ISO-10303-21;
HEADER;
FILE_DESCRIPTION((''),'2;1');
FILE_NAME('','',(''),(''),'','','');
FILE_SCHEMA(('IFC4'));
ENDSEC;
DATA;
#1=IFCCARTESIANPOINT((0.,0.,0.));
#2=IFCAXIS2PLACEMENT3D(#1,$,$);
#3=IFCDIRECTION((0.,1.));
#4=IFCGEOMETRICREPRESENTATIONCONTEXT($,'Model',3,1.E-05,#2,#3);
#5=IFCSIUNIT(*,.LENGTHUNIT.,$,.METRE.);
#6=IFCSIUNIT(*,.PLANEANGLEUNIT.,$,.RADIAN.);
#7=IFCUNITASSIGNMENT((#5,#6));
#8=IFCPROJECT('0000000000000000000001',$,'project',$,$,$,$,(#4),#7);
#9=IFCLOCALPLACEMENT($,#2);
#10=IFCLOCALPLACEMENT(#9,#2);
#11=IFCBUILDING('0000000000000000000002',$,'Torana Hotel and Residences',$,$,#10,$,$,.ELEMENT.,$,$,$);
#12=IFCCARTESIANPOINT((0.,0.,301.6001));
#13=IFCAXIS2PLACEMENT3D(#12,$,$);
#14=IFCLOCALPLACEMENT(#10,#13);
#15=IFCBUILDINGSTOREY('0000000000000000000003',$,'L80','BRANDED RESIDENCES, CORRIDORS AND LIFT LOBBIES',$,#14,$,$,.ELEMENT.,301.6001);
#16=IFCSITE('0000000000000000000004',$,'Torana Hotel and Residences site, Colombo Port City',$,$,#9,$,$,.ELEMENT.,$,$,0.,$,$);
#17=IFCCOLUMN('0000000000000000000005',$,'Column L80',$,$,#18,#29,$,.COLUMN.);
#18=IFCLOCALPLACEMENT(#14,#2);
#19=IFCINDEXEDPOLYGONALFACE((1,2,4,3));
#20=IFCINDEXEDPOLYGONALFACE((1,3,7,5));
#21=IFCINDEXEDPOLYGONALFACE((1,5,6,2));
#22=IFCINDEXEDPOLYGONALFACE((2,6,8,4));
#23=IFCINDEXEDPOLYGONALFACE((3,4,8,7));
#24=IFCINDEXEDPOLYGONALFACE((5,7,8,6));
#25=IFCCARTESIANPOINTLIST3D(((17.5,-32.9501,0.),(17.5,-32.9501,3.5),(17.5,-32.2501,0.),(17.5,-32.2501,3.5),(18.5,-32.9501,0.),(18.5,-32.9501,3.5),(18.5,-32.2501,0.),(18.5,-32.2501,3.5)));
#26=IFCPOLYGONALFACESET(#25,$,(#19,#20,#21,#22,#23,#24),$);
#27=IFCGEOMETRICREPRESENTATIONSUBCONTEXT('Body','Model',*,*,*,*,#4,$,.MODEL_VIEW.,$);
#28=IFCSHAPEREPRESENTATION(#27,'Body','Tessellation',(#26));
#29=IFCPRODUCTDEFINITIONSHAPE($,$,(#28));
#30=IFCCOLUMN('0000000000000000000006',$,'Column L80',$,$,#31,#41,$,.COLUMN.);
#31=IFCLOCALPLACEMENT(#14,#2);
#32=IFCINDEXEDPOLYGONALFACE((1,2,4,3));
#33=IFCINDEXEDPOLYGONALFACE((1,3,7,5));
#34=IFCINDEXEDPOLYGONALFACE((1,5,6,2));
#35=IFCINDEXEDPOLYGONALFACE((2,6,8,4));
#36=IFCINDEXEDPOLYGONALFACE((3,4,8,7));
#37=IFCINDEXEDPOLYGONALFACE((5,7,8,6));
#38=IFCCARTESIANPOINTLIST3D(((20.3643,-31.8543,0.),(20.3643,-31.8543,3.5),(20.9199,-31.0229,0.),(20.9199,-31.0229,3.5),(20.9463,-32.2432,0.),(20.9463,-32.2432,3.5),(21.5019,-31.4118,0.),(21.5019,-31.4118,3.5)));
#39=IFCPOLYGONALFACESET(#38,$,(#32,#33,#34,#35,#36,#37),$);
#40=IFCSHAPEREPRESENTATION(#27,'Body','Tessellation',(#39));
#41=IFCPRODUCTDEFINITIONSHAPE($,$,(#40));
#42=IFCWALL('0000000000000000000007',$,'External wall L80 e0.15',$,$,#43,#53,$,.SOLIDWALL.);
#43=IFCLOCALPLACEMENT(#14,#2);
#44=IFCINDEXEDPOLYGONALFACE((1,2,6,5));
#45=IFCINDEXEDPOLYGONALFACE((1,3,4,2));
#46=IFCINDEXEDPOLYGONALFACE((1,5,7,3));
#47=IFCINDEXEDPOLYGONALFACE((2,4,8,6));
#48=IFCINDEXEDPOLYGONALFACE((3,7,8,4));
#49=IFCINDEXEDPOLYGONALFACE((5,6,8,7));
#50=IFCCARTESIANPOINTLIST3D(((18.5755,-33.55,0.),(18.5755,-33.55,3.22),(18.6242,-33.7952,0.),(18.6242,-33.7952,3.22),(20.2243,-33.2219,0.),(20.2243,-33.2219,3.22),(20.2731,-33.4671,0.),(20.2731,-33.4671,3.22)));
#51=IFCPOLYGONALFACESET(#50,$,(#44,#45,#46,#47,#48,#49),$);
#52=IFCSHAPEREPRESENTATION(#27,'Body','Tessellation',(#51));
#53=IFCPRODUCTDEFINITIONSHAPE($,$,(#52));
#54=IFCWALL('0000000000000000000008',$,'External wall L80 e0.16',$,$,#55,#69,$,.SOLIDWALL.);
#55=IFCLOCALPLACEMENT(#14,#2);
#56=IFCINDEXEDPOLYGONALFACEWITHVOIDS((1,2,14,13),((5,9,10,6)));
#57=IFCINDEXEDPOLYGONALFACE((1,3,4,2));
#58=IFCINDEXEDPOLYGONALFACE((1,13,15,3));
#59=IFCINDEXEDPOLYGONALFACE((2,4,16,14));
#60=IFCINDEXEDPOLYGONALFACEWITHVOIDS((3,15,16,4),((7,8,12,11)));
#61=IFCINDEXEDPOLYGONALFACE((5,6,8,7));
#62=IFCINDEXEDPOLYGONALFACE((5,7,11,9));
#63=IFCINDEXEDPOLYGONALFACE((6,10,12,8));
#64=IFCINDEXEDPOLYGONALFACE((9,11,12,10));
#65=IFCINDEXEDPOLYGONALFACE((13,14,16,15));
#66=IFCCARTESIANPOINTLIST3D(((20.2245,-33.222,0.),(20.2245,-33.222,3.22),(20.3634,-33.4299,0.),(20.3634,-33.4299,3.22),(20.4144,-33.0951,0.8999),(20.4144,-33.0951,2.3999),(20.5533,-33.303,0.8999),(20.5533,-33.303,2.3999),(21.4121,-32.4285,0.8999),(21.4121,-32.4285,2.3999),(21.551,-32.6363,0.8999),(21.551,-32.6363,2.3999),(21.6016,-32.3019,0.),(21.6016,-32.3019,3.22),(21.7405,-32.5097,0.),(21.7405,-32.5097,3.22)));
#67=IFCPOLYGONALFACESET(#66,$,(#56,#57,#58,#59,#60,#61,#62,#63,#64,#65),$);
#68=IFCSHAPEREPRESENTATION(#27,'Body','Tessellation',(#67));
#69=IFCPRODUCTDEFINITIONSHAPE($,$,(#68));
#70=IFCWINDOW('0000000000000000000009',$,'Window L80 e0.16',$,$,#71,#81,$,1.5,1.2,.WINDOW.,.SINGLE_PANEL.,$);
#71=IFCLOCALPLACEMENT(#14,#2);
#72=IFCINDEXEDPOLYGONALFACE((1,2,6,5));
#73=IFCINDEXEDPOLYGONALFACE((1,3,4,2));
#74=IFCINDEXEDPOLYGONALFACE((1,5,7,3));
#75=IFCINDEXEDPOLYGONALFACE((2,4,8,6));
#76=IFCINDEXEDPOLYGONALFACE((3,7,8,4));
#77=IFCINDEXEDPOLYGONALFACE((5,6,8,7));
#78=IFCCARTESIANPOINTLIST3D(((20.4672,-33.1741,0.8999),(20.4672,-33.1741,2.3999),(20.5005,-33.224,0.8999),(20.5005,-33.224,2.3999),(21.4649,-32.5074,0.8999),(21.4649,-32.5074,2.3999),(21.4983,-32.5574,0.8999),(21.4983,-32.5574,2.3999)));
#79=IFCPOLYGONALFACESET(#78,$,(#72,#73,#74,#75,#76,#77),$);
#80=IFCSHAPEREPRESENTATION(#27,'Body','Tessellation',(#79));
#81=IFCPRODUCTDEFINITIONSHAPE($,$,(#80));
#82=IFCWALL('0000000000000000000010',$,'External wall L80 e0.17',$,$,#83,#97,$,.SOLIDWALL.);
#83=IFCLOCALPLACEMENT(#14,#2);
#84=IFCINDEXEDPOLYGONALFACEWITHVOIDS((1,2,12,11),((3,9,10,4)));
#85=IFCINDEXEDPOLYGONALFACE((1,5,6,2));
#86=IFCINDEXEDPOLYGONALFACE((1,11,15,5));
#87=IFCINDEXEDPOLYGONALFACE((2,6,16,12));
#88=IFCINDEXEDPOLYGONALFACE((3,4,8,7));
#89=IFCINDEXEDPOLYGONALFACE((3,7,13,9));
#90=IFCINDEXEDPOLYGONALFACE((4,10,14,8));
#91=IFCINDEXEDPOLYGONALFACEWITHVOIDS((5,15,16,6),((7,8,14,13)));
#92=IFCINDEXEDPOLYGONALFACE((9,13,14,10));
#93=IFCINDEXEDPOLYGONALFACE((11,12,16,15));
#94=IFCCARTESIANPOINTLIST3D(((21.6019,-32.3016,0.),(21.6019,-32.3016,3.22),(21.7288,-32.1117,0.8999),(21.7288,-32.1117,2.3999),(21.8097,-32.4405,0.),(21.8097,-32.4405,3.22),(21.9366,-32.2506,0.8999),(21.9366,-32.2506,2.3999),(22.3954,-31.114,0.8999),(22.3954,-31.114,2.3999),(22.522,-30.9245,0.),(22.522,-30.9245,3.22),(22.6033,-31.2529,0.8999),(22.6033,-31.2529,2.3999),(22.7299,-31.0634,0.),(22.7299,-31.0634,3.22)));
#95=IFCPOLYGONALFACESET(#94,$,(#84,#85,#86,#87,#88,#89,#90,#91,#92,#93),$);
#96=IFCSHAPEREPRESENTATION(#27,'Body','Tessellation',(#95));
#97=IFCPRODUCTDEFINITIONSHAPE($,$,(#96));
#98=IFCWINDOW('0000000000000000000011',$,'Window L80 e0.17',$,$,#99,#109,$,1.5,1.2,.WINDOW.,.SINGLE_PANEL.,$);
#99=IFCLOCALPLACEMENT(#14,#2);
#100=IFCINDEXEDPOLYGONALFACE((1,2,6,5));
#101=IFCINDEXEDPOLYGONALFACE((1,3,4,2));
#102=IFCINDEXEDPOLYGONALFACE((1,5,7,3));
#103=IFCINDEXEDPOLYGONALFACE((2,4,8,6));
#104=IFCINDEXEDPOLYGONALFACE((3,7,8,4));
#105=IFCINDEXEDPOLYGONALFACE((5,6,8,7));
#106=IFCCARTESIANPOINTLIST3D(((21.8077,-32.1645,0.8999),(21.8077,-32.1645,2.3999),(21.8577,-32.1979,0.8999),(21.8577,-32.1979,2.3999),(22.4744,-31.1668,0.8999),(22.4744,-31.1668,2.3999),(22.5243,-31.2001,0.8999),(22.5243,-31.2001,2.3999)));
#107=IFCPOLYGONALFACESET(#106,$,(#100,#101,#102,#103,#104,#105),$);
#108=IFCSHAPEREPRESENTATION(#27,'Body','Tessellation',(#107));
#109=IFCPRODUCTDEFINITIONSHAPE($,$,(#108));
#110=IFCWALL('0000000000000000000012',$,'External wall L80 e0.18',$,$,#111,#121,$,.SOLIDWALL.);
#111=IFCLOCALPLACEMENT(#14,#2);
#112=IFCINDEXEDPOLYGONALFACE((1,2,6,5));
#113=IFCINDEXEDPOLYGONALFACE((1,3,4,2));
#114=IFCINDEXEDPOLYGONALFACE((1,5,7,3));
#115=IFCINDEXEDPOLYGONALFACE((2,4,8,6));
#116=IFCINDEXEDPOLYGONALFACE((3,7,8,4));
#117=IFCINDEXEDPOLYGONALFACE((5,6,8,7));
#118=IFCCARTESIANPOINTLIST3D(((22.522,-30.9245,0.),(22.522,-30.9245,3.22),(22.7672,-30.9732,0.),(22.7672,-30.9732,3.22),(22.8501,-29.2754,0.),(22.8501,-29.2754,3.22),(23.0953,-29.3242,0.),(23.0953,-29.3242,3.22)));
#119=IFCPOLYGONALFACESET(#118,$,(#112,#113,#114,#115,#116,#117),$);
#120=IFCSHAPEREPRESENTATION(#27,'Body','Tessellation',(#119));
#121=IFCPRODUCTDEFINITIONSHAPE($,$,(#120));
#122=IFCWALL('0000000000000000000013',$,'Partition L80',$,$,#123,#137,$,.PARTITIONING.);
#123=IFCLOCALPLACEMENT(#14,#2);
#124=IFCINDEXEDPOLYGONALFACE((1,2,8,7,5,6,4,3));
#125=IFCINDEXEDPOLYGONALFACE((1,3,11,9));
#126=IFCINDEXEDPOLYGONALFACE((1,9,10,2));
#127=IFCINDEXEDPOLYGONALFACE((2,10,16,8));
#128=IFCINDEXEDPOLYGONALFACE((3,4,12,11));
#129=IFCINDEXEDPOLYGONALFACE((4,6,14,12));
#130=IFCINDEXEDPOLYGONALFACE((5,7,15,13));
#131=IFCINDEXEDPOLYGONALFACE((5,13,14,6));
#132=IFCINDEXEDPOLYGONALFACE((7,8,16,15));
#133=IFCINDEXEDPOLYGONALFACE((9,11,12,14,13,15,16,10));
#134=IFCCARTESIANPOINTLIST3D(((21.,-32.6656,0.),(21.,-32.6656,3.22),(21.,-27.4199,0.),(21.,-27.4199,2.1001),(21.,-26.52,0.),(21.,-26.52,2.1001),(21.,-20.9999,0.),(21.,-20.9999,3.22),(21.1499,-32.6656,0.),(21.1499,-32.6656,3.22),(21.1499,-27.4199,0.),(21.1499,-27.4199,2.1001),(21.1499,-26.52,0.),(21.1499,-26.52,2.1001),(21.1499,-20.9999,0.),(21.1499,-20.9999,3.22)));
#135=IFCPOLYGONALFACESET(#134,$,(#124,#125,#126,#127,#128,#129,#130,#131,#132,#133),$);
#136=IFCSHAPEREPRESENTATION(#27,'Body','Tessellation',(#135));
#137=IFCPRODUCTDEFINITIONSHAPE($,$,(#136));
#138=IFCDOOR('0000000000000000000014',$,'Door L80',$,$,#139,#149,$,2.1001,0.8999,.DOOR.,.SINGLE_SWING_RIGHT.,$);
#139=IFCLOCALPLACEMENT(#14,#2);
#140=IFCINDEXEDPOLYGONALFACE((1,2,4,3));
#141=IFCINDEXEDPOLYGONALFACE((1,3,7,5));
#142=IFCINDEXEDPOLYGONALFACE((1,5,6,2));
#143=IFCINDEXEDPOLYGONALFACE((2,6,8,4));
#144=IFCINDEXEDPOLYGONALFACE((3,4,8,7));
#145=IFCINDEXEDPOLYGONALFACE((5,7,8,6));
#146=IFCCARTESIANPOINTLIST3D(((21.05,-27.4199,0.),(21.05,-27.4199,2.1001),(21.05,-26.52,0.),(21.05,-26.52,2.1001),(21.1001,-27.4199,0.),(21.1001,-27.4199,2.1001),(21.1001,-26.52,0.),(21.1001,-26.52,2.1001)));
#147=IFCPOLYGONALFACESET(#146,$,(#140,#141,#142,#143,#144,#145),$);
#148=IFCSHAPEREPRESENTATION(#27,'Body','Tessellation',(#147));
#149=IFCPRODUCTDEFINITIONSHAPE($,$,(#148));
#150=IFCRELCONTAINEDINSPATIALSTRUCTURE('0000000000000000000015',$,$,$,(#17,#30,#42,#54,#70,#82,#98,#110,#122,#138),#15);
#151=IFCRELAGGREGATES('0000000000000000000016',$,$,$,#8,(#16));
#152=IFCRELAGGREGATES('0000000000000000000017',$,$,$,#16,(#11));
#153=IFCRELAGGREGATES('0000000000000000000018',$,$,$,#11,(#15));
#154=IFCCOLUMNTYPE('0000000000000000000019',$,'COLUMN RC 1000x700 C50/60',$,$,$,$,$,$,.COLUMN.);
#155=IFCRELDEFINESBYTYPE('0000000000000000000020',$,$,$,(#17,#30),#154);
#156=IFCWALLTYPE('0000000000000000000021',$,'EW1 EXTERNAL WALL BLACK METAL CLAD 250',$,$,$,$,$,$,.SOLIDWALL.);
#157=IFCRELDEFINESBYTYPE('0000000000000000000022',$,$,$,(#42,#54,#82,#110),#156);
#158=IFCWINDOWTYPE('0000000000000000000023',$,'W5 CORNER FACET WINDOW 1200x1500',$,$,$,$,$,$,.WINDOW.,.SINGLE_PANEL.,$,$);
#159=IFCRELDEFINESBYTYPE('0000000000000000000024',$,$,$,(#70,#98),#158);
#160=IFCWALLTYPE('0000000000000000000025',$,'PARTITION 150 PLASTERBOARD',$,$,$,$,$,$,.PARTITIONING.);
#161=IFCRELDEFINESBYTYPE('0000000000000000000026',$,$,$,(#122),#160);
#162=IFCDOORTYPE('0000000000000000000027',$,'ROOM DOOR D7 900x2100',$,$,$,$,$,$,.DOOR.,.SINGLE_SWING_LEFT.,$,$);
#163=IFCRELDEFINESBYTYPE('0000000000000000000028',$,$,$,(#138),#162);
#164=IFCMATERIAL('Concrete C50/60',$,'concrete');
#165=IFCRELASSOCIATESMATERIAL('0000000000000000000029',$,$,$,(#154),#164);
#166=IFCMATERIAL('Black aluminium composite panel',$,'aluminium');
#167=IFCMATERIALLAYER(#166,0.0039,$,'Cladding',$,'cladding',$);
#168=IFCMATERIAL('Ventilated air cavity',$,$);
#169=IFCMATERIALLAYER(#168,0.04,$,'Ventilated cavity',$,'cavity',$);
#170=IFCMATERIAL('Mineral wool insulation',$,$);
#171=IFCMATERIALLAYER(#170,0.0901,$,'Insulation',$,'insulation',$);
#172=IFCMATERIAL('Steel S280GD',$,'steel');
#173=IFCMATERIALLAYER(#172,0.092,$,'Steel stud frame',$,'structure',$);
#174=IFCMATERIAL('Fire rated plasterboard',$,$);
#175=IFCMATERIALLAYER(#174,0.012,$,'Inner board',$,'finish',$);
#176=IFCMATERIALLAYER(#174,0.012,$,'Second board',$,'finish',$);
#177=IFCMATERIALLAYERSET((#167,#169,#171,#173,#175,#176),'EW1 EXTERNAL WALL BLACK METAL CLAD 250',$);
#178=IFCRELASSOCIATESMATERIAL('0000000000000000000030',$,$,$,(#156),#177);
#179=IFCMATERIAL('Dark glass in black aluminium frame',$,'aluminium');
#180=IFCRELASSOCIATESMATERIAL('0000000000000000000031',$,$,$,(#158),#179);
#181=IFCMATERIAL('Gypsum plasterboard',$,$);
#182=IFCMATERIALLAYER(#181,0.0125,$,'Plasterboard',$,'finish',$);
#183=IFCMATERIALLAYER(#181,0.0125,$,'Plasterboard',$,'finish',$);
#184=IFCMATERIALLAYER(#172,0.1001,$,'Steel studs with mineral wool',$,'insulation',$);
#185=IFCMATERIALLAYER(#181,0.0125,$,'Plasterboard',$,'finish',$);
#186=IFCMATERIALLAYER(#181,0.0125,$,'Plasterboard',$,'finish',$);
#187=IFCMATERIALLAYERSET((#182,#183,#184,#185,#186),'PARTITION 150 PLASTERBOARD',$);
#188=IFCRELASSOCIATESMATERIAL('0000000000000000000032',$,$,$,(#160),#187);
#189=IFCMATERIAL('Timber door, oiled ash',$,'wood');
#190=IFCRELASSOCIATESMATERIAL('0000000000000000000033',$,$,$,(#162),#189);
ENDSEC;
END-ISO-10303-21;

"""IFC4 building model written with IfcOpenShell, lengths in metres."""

from ifc_helpers import new_model, si_unit, direction, frame, frame_2d, origin, origin_2d, place, context, subcontext, project, spatial, rectangle, extrude, material, layer, layer_set, material_profile, profile_set, type_object, element, fill, save


model = new_model("IFC4")

# Units and contexts
model_context = context("Model", 3, precision=1e-05, world=origin(), true_north=direction((0.0, 1.0)))
body_context = subcontext(model_context, "Body", "Model", "MODEL_VIEW")
ifc_project = project(units=[si_unit("LENGTHUNIT", "METRE"), si_unit("PLANEANGLEUNIT", "RADIAN")], contexts=[model_context])

# Site, building, storey
site_placement = place(None, origin())
site = spatial("IfcSite", under=ifc_project, at=site_placement, Name="Torana Hotel and Residences site, Colombo Port City", CompositionType="ELEMENT", RefElevation=0.0)
building_placement = place(site_placement, origin())
building = spatial("IfcBuilding", under=site, at=building_placement, Name="Torana Hotel and Residences", CompositionType="ELEMENT")
storey_placement = place(building_placement, frame((0.0, 0.0, 301.6001)))
storey = spatial("IfcBuildingStorey", under=building, at=storey_placement, Name="L80", Description="BRANDED RESIDENCES, CORRIDORS AND LIFT LOBBIES", CompositionType="ELEMENT", Elevation=301.6001)

# Columns
ifc_material_1 = material(Name="Concrete C50/60", Category="concrete")
ifc_material_profile = material_profile(ifc_material_1, rectangle(XDim=1.0, YDim=0.7, at=origin_2d()), Name="RC 1000x700")
ifc_profile_set = profile_set([ifc_material_profile], Name="Concrete C50/60")
column_type = type_object("IfcColumnType", Name="COLUMN RC 1000x700 C50/60", PredefinedType="COLUMN", material=ifc_profile_set)
for number, where, z_axis, x_axis, name in (
    (1, (18.0, -32.6001, 0.0), (0.0, 0.0, 1.0), (1.0, 0.0, 0.0), "Column L80"),
    (2, (20.9331, -31.6331, 0.0), (0.0, 0.0, 1.0), (0.555585, 0.83146, 0.0), "Column L80"),
):
    element("IfcColumn", number, at=place(storey_placement, frame(where, z_axis=z_axis, x_axis=x_axis)), inside=storey, type_object=column_type, Name=name, PredefinedType="COLUMN", context=body_context, shape_type="SweptSolid", body=[
        extrude(rectangle(XDim=1.0, YDim=0.7, at=origin_2d()), origin(), (0.0, 0.0, 1.0), 3.5),
    ])

# Wall
ifc_material_2 = material(Name="Black aluminium composite panel", Category="aluminium")
ifc_layer_1 = layer(ifc_material_2, 0.0039, Name="Cladding", Category="cladding")
ifc_material_3 = material(Name="Ventilated air cavity")
ifc_layer_2 = layer(ifc_material_3, 0.04, Name="Ventilated cavity", Category="cavity")
ifc_material_4 = material(Name="Mineral wool insulation")
ifc_layer_3 = layer(ifc_material_4, 0.0901, Name="Insulation", Category="insulation")
ifc_material_5 = material(Name="Steel S280GD", Category="steel")
ifc_layer_4 = layer(ifc_material_5, 0.092, Name="Steel stud frame", Category="structure")
ifc_material_6 = material(Name="Fire rated plasterboard")
ifc_layer_5 = layer(ifc_material_6, 0.012, Name="Inner board", Category="finish")
ifc_layer_6 = layer(ifc_material_6, 0.012, Name="Second board", Category="finish")
ifc_layer_set_1 = layer_set([ifc_layer_1, ifc_layer_2, ifc_layer_3, ifc_layer_4, ifc_layer_5, ifc_layer_6], Name="EW1 EXTERNAL WALL BLACK METAL CLAD 250")
wall_type_1 = type_object("IfcWallType", Name="EW1 EXTERNAL WALL BLACK METAL CLAD 250", PredefinedType="SOLIDWALL", material=ifc_layer_set_1)
wall_1_placement = place(storey_placement, frame((18.5999, -33.6726, 0.0), z_axis=(0.0, 0.0, 1.0), x_axis=(0.98077, 0.195167, 0.0)))
element("IfcWall", 3, at=wall_1_placement, inside=storey, type_object=wall_type_1, Name="External wall L80 e0.15", PredefinedType="SOLIDWALL", context=body_context, shape_type="SweptSolid", body=[
    extrude(rectangle(XDim=1.6812, YDim=0.25, at=frame_2d((0.8406, 0.0))), origin(), (0.0, 0.0, 1.0), 3.22),
])

# Walls, openings, windows
wall_2_placement = place(storey_placement, frame((20.2939, -33.3259, 0.0), z_axis=(0.0, 0.0, 1.0), x_axis=(0.831483, 0.55555, 0.0)))
wall_2 = element("IfcWall", 4, at=wall_2_placement, inside=storey, type_object=wall_type_1, Name="External wall L80 e0.16", PredefinedType="SOLIDWALL", context=body_context, shape_type="SweptSolid", body=[
    extrude(rectangle(XDim=1.6562, YDim=0.25, at=frame_2d((0.8281, 0.0))), origin(), (0.0, 0.0, 1.0), 3.22),
])
opening_1_placement = place(wall_2_placement, frame((0.2283, 0.0, 0.8999)))
opening_1 = element("IfcOpeningElement", 5, at=opening_1_placement, cuts=wall_2, PredefinedType="OPENING", context=body_context, shape_type="SweptSolid", body=[
    extrude(rectangle(XDim=1.2, YDim=1.5, at=frame_2d((0.6001, 0.75))), frame((0.0, 0.135, 0.0), z_axis=(0.0, -1.0, 0.0), x_axis=(1.0, 0.0, 0.0)), (0.0, 0.0, 1.0), 0.27),
])
ifc_material_7 = material(Name="Dark glass in black aluminium frame", Category="aluminium")
window_type_1 = type_object("IfcWindowType", Name="W5 CORNER FACET WINDOW 1200x1500", PartitioningType="SINGLE_PANEL", PredefinedType="WINDOW", material=ifc_material_7)
window_1_placement = place(opening_1_placement, origin())
window_1 = element("IfcWindow", 6, at=window_1_placement, inside=storey, type_object=window_type_1, Name="Window L80 e0.16", OverallHeight=1.5, OverallWidth=1.2, PartitioningType="SINGLE_PANEL", PredefinedType="WINDOW", context=body_context, shape_type="SweptSolid", body=[
    extrude(rectangle(XDim=1.2, YDim=1.5, at=frame_2d((0.6001, 0.75))), frame((0.0, 0.03, 0.0), z_axis=(0.0, -1.0, 0.0), x_axis=(1.0, 0.0, 0.0)), (0.0, 0.0, 1.0), 0.0601),
])
fill(opening_1, window_1)
wall_3_placement = place(storey_placement, frame((21.7058, -32.3711, 0.0), z_axis=(0.0, 0.0, 1.0), x_axis=(0.55555, 0.831483, 0.0)))
wall_3 = element("IfcWall", 7, at=wall_3_placement, inside=storey, type_object=wall_type_1, Name="External wall L80 e0.17", PredefinedType="SOLIDWALL", context=body_context, shape_type="SweptSolid", body=[
    extrude(rectangle(XDim=1.6562, YDim=0.25, at=frame_2d((0.8281, 0.0))), origin(), (0.0, 0.0, 1.0), 3.22),
])
opening_2_placement = place(wall_3_placement, frame((0.2283, 0.0, 0.8999)))
opening_2 = element("IfcOpeningElement", 8, at=opening_2_placement, cuts=wall_3, PredefinedType="OPENING", context=body_context, shape_type="SweptSolid", body=[
    extrude(rectangle(XDim=1.2, YDim=1.5, at=frame_2d((0.6001, 0.75))), frame((0.0, 0.135, 0.0), z_axis=(0.0, -1.0, 0.0), x_axis=(1.0, 0.0, 0.0)), (0.0, 0.0, 1.0), 0.27),
])
window_2_placement = place(opening_2_placement, origin())
window_2 = element("IfcWindow", 9, at=window_2_placement, inside=storey, type_object=window_type_1, Name="Window L80 e0.17", OverallHeight=1.5, OverallWidth=1.2, PartitioningType="SINGLE_PANEL", PredefinedType="WINDOW", context=body_context, shape_type="SweptSolid", body=[
    extrude(rectangle(XDim=1.2, YDim=1.5, at=frame_2d((0.6001, 0.75))), frame((0.0, 0.03, 0.0), z_axis=(0.0, -1.0, 0.0), x_axis=(1.0, 0.0, 0.0)), (0.0, 0.0, 1.0), 0.0601),
])
fill(opening_2, window_2)

# Wall
wall_4_placement = place(storey_placement, frame((22.6445, -30.949, 0.0), z_axis=(0.0, 0.0, 1.0), x_axis=(0.195139, 0.980776, 0.0)))
element("IfcWall", 10, at=wall_4_placement, inside=storey, type_object=wall_type_1, Name="External wall L80 e0.18", PredefinedType="SOLIDWALL", context=body_context, shape_type="SweptSolid", body=[
    extrude(rectangle(XDim=1.6814, YDim=0.25, at=frame_2d((0.8408, 0.0))), origin(), (0.0, 0.0, 1.0), 3.22),
])

# Wall, opening, door
ifc_material_8 = material(Name="Gypsum plasterboard")
ifc_layer_7 = layer(ifc_material_8, 0.0125, Name="Plasterboard", Category="finish")
ifc_layer_8 = layer(ifc_material_8, 0.0125, Name="Plasterboard", Category="finish")
ifc_layer_9 = layer(ifc_material_5, 0.1001, Name="Steel studs with mineral wool", Category="insulation")
ifc_layer_10 = layer(ifc_material_8, 0.0125, Name="Plasterboard", Category="finish")
ifc_layer_11 = layer(ifc_material_8, 0.0125, Name="Plasterboard", Category="finish")
ifc_layer_set_2 = layer_set([ifc_layer_7, ifc_layer_8, ifc_layer_9, ifc_layer_10, ifc_layer_11], Name="PARTITION 150 PLASTERBOARD")
wall_type_2 = type_object("IfcWallType", Name="PARTITION 150 PLASTERBOARD", PredefinedType="PARTITIONING", material=ifc_layer_set_2)
wall_5_placement = place(storey_placement, frame((21.075, -32.6658, 0.0), z_axis=(0.0, 0.0, 1.0), x_axis=(0.0, 1.0, 0.0)))
wall_5 = element("IfcWall", 11, at=wall_5_placement, inside=storey, type_object=wall_type_2, Name="Partition L80", PredefinedType="PARTITIONING", context=body_context, shape_type="SweptSolid", body=[
    extrude(rectangle(XDim=11.6658, YDim=0.1499, at=frame_2d((5.833, 0.0))), origin(), (0.0, 0.0, 1.0), 3.22),
])
opening_3_placement = place(wall_5_placement, frame((5.2458, 0.0, 0.0)))
opening_3 = element("IfcOpeningElement", 12, at=opening_3_placement, cuts=wall_5, PredefinedType="OPENING", context=body_context, shape_type="SweptSolid", body=[
    extrude(rectangle(XDim=0.8999, YDim=2.1001, at=frame_2d((0.45, 1.05))), frame((0.0, 0.085, 0.0), z_axis=(0.0, -1.0, 0.0), x_axis=(1.0, 0.0, 0.0)), (0.0, 0.0, 1.0), 0.1699),
])
ifc_material_9 = material(Name="Timber door, oiled ash", Category="wood")
door_type_1 = type_object("IfcDoorType", Name="ROOM DOOR D7 900x2100", OperationType="SINGLE_SWING_LEFT", PredefinedType="DOOR", material=ifc_material_9)
door_1_placement = place(opening_3_placement, origin())
door_1 = element("IfcDoor", 13, at=door_1_placement, inside=storey, type_object=door_type_1, Name="Door L80", OperationType="SINGLE_SWING_RIGHT", OverallHeight=2.1001, OverallWidth=0.8999, PredefinedType="DOOR", context=body_context, shape_type="SweptSolid", body=[
    extrude(rectangle(XDim=0.8999, YDim=2.1001, at=frame_2d((0.45, 1.05))), frame((0.0, 0.0249, 0.0), z_axis=(0.0, -1.0, 0.0), x_axis=(1.0, 0.0, 0.0)), (0.0, 0.0, 1.0), 0.05),
])
fill(opening_3, door_1)

save(model, "model.ifc")
